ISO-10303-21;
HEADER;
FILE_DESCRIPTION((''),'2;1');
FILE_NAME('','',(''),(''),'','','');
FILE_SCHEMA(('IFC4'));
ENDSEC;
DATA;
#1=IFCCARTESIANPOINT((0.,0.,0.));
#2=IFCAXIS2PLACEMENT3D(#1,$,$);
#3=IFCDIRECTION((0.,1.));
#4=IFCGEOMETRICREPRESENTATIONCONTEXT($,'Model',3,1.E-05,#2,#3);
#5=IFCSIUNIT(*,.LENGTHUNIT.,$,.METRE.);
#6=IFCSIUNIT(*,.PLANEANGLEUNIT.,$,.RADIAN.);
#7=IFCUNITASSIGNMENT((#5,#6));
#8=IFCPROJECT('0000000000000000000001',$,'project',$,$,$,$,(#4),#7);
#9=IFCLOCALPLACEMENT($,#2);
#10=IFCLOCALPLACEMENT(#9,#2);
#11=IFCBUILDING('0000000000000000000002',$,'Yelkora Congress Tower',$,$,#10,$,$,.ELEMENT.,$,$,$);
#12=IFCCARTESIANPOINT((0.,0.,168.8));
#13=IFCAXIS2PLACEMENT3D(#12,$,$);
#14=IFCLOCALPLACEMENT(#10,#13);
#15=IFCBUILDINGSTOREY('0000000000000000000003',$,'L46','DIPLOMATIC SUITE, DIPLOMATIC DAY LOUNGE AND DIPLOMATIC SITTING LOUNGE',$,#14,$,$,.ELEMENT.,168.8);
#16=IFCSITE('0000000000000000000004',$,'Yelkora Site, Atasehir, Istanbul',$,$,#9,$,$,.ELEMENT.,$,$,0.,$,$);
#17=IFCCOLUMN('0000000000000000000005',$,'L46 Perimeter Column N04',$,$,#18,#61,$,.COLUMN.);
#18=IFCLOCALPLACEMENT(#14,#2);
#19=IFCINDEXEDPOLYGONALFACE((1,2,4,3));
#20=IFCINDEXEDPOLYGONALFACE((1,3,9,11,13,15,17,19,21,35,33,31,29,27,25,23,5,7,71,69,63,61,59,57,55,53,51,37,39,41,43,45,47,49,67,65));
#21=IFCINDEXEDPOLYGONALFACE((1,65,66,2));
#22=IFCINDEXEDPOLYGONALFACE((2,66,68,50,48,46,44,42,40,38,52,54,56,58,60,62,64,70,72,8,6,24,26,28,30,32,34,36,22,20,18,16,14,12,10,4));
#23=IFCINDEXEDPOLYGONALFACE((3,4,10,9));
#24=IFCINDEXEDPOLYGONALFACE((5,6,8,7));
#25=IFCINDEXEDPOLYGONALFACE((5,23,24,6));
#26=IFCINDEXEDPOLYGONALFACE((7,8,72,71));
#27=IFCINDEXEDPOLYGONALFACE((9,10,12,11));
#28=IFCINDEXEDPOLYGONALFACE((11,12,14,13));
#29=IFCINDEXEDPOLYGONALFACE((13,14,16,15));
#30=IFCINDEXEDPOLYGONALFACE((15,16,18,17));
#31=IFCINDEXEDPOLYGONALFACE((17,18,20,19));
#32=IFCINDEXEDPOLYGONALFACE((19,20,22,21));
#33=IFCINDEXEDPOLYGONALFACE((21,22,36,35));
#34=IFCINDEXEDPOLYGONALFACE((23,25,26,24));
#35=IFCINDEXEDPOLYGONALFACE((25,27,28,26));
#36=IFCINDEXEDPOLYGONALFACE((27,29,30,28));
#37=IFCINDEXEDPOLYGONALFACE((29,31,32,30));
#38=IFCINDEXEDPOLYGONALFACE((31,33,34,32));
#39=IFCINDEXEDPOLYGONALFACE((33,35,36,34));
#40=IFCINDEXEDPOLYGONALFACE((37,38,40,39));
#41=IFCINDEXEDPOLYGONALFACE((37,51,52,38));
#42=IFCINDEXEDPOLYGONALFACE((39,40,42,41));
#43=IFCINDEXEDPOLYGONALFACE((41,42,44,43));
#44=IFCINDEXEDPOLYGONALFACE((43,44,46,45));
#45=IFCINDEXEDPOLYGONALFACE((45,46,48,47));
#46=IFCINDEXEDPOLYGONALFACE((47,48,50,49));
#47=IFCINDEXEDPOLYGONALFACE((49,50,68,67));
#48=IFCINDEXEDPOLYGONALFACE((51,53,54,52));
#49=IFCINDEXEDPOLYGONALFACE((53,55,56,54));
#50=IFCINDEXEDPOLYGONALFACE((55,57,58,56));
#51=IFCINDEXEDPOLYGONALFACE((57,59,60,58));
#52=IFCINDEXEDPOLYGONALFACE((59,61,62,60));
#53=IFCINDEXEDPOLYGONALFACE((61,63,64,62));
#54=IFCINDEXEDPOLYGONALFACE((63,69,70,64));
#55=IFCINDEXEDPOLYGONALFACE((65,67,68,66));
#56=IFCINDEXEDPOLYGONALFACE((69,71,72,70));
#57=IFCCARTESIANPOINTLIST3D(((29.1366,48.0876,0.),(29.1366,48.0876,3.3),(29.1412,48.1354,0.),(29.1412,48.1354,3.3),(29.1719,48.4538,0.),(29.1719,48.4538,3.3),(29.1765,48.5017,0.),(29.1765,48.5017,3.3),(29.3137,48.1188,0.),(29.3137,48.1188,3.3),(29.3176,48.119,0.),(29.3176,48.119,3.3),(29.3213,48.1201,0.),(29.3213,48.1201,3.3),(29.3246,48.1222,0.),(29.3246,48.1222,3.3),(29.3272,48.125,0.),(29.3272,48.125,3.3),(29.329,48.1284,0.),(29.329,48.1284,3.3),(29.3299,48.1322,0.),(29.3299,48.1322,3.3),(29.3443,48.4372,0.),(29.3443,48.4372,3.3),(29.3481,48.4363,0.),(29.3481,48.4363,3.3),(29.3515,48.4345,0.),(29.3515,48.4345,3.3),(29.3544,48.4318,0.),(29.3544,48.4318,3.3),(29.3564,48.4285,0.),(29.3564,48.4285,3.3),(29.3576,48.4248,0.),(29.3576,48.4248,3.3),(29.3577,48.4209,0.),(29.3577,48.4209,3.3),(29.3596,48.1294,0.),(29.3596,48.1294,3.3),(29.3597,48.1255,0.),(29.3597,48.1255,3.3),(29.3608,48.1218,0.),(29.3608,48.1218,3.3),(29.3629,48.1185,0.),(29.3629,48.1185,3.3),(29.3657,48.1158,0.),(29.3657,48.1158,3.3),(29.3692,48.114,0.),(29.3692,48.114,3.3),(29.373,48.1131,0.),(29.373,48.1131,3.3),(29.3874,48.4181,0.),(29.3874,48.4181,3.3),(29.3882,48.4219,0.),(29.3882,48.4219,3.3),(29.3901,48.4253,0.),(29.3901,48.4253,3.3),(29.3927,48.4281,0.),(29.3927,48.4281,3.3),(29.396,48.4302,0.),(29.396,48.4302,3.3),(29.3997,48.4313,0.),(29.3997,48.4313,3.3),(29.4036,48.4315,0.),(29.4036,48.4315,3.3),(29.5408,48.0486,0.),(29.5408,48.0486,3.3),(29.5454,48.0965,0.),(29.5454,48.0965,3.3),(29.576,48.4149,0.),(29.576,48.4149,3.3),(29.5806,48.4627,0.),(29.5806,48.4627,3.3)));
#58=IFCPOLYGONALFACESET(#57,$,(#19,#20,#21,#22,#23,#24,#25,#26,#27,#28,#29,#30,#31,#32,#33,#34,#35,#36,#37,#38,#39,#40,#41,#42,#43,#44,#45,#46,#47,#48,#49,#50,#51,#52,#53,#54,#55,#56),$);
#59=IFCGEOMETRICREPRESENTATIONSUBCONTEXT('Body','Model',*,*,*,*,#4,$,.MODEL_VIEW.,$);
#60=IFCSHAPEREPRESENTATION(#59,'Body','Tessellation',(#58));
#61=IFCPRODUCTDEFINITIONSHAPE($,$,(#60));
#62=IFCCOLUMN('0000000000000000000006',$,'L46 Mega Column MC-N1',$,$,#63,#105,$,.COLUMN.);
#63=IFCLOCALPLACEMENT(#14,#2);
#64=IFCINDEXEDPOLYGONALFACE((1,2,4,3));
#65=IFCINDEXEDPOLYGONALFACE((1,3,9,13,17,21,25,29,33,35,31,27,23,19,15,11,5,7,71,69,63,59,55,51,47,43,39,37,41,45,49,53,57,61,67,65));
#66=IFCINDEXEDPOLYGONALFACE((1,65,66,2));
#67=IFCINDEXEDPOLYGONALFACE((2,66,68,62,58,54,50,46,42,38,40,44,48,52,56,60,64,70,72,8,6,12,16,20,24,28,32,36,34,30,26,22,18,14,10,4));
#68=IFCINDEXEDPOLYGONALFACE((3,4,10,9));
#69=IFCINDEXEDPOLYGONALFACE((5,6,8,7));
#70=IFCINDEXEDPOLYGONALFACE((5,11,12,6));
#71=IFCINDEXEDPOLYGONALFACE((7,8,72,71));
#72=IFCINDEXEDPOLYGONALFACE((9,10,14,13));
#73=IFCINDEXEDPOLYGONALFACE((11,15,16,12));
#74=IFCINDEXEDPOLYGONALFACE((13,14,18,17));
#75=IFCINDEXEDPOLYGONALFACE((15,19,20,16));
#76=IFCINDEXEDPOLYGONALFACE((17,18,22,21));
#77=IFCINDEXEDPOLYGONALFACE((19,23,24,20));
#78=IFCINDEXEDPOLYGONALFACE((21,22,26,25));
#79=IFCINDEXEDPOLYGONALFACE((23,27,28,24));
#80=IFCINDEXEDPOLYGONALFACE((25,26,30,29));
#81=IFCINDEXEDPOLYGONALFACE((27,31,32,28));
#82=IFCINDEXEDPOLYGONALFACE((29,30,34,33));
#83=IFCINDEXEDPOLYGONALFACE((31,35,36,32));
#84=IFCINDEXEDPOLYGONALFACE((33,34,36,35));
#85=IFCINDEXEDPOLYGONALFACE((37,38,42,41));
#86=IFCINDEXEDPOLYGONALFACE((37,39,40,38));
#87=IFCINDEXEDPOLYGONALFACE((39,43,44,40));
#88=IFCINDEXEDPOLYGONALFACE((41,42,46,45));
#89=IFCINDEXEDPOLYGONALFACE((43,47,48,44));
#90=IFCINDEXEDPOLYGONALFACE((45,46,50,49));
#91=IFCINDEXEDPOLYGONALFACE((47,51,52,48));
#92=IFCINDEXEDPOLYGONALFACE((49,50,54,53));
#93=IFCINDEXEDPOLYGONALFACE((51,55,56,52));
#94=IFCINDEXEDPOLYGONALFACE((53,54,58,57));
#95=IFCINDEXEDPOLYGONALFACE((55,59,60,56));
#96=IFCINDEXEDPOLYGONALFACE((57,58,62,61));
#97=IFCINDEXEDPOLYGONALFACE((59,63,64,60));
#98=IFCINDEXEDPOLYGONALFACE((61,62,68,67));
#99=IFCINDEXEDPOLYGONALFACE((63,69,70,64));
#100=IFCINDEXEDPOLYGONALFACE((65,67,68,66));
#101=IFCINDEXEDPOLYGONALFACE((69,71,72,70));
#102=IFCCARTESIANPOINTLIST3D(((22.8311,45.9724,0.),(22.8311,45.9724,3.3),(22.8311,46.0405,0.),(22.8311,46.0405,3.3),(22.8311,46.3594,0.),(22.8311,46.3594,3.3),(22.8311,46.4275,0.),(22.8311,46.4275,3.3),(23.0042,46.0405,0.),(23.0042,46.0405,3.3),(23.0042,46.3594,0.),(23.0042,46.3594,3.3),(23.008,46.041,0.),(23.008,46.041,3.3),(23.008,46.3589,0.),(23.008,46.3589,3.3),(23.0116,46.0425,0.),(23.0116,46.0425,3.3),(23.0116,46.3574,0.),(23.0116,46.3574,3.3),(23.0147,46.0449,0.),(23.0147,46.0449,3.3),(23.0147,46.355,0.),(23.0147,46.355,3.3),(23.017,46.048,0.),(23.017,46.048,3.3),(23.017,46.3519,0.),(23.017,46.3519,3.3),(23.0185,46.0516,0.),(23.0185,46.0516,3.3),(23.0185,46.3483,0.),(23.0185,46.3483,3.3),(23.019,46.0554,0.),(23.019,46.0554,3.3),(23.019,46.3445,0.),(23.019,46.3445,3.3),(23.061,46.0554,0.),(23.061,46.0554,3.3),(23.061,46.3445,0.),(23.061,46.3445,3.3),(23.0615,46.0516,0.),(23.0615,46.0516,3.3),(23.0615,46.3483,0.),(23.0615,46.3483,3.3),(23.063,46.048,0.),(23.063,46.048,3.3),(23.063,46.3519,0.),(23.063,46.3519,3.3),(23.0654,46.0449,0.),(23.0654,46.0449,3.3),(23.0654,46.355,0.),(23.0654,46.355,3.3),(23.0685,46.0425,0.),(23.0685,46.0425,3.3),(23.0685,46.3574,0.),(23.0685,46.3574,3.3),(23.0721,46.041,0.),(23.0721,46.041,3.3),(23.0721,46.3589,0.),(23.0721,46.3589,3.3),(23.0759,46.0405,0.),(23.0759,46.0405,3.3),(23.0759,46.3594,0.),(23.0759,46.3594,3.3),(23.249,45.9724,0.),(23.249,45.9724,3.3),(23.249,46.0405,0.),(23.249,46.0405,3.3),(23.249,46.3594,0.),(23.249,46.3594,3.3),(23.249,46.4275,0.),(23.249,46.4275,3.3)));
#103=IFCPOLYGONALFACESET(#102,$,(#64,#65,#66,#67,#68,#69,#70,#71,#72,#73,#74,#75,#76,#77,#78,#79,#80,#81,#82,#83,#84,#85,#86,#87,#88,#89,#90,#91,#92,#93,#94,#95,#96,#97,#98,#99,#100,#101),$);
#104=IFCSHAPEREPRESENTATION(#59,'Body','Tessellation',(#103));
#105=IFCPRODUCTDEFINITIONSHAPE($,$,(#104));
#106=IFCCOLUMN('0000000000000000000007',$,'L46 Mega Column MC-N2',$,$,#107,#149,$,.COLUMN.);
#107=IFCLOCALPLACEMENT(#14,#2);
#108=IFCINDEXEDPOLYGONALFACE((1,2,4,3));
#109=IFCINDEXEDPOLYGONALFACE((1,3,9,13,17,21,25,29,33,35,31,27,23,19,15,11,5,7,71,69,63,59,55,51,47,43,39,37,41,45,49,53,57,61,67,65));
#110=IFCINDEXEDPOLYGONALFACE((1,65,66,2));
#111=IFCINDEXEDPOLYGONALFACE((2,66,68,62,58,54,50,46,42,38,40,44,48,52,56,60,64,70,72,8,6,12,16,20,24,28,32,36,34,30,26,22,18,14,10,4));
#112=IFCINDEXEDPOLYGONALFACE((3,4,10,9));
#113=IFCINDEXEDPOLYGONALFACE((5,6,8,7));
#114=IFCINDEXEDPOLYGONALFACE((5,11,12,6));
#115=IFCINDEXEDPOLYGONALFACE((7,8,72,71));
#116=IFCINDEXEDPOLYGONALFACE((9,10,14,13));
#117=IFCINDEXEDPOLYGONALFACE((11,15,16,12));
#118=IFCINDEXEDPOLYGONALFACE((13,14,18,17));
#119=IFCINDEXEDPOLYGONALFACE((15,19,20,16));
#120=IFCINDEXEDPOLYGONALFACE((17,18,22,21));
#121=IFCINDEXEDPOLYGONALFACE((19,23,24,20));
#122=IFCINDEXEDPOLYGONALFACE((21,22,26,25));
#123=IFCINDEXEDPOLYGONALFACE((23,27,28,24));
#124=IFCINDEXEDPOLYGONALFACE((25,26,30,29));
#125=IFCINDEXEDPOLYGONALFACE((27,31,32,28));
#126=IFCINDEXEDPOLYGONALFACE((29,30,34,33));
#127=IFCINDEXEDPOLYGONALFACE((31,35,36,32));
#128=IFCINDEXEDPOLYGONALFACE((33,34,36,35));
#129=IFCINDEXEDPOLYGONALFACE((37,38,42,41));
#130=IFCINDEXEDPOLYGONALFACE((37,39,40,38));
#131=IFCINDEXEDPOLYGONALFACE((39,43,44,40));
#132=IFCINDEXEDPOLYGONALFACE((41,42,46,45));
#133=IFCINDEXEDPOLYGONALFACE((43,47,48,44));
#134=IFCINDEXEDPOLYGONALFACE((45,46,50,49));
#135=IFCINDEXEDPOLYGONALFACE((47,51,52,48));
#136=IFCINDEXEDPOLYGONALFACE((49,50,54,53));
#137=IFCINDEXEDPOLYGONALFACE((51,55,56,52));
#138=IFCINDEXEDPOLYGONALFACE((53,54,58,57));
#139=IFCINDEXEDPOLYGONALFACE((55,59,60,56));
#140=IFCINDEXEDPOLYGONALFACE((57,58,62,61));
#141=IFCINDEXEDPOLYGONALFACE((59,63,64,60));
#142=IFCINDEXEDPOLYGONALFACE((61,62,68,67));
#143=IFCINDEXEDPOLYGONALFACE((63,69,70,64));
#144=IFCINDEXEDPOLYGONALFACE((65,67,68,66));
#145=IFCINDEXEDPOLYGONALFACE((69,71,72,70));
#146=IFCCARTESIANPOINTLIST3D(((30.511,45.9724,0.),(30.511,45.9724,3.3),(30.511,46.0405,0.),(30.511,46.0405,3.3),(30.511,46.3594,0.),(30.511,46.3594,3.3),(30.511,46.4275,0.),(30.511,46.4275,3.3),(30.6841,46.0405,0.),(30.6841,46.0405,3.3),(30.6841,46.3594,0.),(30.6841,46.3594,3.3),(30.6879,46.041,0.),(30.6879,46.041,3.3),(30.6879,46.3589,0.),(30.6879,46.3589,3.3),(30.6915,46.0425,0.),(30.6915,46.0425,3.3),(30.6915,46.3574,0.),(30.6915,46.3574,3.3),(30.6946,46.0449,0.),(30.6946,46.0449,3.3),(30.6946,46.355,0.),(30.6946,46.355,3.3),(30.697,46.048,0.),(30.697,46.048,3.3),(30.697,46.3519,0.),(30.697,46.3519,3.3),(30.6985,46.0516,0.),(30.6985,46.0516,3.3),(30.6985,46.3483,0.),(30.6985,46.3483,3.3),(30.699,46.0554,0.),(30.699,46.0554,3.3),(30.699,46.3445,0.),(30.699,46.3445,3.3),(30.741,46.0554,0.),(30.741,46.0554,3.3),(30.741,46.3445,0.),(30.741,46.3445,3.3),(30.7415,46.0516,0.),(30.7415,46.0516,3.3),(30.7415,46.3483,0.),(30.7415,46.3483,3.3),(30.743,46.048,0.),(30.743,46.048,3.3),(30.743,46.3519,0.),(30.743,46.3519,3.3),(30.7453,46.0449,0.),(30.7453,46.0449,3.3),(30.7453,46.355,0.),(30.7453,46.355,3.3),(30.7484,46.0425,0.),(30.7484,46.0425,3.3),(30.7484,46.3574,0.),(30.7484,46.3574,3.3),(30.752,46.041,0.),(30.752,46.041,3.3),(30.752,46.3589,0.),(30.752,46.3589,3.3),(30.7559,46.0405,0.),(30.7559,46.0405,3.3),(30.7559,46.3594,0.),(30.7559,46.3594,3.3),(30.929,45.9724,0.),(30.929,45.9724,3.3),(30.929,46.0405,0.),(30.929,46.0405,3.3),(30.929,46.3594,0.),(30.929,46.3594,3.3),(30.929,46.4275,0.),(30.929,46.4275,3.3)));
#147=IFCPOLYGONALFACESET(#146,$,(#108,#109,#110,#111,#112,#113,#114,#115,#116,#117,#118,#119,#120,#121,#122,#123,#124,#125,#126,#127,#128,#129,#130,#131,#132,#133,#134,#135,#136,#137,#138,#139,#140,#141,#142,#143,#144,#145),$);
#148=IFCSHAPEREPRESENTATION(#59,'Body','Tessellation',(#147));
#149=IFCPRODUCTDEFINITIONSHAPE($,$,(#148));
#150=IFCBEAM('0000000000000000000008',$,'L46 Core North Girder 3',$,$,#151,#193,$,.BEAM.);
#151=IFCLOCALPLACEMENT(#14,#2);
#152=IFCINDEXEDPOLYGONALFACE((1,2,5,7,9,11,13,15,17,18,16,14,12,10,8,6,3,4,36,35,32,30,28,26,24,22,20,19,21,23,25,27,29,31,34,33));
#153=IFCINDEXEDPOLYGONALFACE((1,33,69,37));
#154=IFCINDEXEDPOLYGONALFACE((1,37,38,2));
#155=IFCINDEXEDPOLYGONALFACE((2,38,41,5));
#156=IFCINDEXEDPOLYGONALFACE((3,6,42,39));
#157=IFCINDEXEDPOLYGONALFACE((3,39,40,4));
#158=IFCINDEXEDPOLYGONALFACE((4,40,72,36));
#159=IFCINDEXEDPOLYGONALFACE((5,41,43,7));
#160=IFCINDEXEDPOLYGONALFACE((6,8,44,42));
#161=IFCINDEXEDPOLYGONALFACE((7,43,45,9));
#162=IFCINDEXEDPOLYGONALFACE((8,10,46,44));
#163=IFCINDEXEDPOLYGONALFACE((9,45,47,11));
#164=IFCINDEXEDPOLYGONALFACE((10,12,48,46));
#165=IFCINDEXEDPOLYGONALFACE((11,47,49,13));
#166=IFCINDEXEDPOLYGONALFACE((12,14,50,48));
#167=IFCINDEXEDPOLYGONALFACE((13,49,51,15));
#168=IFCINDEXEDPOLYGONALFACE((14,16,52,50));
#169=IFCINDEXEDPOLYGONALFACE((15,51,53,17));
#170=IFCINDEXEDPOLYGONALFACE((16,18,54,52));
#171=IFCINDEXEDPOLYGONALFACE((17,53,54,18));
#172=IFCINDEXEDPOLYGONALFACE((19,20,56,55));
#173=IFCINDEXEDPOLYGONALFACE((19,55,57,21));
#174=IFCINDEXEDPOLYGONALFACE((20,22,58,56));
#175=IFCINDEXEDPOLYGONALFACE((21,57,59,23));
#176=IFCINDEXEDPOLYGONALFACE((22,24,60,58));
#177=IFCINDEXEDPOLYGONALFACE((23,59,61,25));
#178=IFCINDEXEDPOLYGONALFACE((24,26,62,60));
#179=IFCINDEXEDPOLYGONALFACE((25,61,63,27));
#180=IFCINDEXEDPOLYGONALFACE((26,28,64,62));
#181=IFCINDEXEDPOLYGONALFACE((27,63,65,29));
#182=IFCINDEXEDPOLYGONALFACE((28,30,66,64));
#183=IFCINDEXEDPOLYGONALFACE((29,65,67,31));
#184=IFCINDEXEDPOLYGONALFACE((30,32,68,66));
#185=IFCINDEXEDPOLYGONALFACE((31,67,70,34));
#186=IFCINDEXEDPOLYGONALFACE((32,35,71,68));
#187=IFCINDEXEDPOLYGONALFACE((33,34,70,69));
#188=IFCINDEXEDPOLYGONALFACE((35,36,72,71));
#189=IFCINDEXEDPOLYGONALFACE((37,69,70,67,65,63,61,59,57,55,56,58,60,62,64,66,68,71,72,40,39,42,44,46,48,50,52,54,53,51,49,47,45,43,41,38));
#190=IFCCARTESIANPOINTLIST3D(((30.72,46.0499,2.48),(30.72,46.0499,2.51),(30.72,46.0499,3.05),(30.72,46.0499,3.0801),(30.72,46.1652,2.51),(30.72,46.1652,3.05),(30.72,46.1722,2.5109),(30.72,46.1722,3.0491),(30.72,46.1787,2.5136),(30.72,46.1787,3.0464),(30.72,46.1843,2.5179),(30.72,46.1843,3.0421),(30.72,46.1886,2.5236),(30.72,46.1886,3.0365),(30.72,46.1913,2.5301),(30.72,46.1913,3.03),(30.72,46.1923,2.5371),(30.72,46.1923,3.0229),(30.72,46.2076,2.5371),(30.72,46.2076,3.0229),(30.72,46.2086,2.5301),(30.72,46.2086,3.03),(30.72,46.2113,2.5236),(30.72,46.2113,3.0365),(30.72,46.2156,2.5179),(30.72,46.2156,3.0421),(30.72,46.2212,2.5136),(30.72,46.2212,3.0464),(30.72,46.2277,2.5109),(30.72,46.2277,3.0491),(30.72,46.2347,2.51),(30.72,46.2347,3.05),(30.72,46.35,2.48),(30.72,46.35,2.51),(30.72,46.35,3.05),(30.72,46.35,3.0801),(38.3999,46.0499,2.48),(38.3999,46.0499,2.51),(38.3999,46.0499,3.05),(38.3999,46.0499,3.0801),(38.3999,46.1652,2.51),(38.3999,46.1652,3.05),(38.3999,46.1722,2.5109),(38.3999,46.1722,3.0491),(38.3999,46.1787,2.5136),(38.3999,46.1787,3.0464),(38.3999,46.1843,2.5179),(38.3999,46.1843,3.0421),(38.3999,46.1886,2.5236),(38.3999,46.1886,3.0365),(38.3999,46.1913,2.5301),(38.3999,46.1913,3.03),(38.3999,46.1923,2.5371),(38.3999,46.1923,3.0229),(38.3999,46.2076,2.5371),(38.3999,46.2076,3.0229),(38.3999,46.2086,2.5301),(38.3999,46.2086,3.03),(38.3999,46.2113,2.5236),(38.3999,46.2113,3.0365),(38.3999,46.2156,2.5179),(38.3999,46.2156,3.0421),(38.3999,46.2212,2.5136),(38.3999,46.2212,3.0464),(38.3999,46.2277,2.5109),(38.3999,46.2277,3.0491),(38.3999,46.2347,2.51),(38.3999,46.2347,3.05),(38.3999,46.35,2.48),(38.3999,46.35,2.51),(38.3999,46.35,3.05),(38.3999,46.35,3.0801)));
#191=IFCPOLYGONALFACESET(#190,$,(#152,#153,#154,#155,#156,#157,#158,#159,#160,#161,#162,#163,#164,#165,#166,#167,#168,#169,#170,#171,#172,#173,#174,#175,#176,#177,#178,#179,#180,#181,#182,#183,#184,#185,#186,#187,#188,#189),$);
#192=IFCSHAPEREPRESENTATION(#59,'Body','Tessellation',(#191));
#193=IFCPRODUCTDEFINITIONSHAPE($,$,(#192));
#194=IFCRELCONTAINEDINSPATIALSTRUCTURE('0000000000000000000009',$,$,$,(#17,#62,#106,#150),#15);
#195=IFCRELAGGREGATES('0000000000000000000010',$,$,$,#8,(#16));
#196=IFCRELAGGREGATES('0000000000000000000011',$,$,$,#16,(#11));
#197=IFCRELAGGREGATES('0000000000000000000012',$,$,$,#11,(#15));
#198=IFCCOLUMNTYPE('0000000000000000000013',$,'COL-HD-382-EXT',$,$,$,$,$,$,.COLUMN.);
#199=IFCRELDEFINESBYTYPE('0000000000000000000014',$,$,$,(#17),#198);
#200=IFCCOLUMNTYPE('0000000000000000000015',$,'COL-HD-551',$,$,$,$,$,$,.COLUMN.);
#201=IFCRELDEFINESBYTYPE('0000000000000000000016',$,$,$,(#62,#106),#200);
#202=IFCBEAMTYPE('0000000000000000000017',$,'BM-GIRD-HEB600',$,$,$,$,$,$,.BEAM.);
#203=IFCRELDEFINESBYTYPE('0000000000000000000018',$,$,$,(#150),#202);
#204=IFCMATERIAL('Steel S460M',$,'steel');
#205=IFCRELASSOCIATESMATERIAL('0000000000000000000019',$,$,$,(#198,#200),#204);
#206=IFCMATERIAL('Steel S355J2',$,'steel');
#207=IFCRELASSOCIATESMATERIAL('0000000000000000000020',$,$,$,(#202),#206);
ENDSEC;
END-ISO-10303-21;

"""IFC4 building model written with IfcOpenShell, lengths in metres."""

from ifc_helpers import new_model, si_unit, direction, frame, origin, origin_2d, place, context, subcontext, project, spatial, i_section, extrude, material, material_profile, profile_set, type_object, element, save


model = new_model("IFC4")

# Units and contexts
model_context = context("Model", 3, precision=1e-05, world=origin(), true_north=direction((0.0, 1.0)))
body_context = subcontext(model_context, "Body", "Model", "MODEL_VIEW")
ifc_project = project(units=[si_unit("LENGTHUNIT", "METRE"), si_unit("PLANEANGLEUNIT", "RADIAN")], contexts=[model_context])

# Site, building, storey
site_placement = place(None, origin())
site = spatial("IfcSite", under=ifc_project, at=site_placement, Name="Yelkora Site, Atasehir, Istanbul", CompositionType="ELEMENT", RefElevation=0.0)
building_placement = place(site_placement, origin())
building = spatial("IfcBuilding", under=site, at=building_placement, Name="Yelkora Congress Tower", CompositionType="ELEMENT")
storey_placement = place(building_placement, frame((0.0, 0.0, 168.8)))
storey = spatial("IfcBuildingStorey", under=building, at=storey_placement, Name="L46", Description="DIPLOMATIC SUITE, DIPLOMATIC DAY LOUNGE AND DIPLOMATIC SITTING LOUNGE", CompositionType="ELEMENT", Elevation=168.8)

# Columns
ifc_material_1 = material(Name="Steel S460M", Category="steel")
ifc_material_profile_1 = material_profile(ifc_material_1, i_section(OverallWidth=0.406, OverallDepth=0.416, WebThickness=0.0298, FlangeThickness=0.0481, FilletRadius=0.0149, at=origin_2d()), Name="HD 400x382")
ifc_profile_set_1 = profile_set([ifc_material_profile_1], Name="Steel S460M")
column_type_1 = type_object("IfcColumnType", Name="COL-HD-382-EXT", PredefinedType="COLUMN", material=ifc_profile_set_1)
column_placement = place(storey_placement, frame((29.3586, 48.2751, 0.0), z_axis=(0.0, 0.0, 1.0), x_axis=(0.995396, -0.095846, 0.0)))
element("IfcColumn", 1, at=column_placement, inside=storey, type_object=column_type_1, Name="L46 Perimeter Column N04", PredefinedType="COLUMN", context=body_context, shape_type="SweptSolid", body=[
    extrude(i_section(OverallWidth=0.406, OverallDepth=0.416, WebThickness=0.0298, FlangeThickness=0.0481, FilletRadius=0.0149, at=origin_2d()), origin(), (0.0, 0.0, 1.0), 3.3),
])
ifc_material_profile_2 = material_profile(ifc_material_1, i_section(OverallWidth=0.418, OverallDepth=0.4551, WebThickness=0.042, FlangeThickness=0.0681, FilletRadius=0.0149, at=origin_2d()), Name="HD 400x551")
ifc_profile_set_2 = profile_set([ifc_material_profile_2], Name="Steel S460M")
column_type_2 = type_object("IfcColumnType", Name="COL-HD-551", PredefinedType="COLUMN", material=ifc_profile_set_2)
for number, where, z_axis, x_axis, name in (
    (2, (23.04, 46.2, 0.0), (0.0, 0.0, 1.0), (1.0, 0.0, 0.0), "L46 Mega Column MC-N1"),
    (3, (30.72, 46.2, 0.0), (0.0, 0.0, 1.0), (1.0, 0.0, 0.0), "L46 Mega Column MC-N2"),
):
    element("IfcColumn", number, at=place(storey_placement, frame(where, z_axis=z_axis, x_axis=x_axis)), inside=storey, type_object=column_type_2, Name=name, PredefinedType="COLUMN", context=body_context, shape_type="SweptSolid", body=[
        extrude(i_section(OverallWidth=0.418, OverallDepth=0.4551, WebThickness=0.042, FlangeThickness=0.0681, FilletRadius=0.0149, at=origin_2d()), origin(), (0.0, 0.0, 1.0), 3.3),
    ])

# Beam
ifc_material_2 = material(Name="Steel S355J2", Category="steel")
ifc_material_profile_3 = material_profile(ifc_material_2, i_section(OverallWidth=0.3, OverallDepth=0.6001, WebThickness=0.0154, FlangeThickness=0.03, FilletRadius=0.0271, at=origin_2d()), Name="HEB 600")
ifc_profile_set_3 = profile_set([ifc_material_profile_3], Name="Steel S355J2")
beam_type_1 = type_object("IfcBeamType", Name="BM-GIRD-HEB600", PredefinedType="BEAM", material=ifc_profile_set_3)
beam_1_placement = place(storey_placement, frame((30.72, 46.2, 2.78), z_axis=(1.0, 0.0, 0.0), x_axis=(0.0, 1.0, 0.0)))
element("IfcBeam", 4, at=beam_1_placement, inside=storey, type_object=beam_type_1, Name="L46 Core North Girder 3", PredefinedType="BEAM", context=body_context, shape_type="SweptSolid", body=[
    extrude(i_section(OverallWidth=0.3, OverallDepth=0.6001, WebThickness=0.0154, FlangeThickness=0.03, FilletRadius=0.0271, at=origin_2d()), origin(), (0.0, 0.0, 1.0), 7.6799),
])

save(model, "model.ifc")
